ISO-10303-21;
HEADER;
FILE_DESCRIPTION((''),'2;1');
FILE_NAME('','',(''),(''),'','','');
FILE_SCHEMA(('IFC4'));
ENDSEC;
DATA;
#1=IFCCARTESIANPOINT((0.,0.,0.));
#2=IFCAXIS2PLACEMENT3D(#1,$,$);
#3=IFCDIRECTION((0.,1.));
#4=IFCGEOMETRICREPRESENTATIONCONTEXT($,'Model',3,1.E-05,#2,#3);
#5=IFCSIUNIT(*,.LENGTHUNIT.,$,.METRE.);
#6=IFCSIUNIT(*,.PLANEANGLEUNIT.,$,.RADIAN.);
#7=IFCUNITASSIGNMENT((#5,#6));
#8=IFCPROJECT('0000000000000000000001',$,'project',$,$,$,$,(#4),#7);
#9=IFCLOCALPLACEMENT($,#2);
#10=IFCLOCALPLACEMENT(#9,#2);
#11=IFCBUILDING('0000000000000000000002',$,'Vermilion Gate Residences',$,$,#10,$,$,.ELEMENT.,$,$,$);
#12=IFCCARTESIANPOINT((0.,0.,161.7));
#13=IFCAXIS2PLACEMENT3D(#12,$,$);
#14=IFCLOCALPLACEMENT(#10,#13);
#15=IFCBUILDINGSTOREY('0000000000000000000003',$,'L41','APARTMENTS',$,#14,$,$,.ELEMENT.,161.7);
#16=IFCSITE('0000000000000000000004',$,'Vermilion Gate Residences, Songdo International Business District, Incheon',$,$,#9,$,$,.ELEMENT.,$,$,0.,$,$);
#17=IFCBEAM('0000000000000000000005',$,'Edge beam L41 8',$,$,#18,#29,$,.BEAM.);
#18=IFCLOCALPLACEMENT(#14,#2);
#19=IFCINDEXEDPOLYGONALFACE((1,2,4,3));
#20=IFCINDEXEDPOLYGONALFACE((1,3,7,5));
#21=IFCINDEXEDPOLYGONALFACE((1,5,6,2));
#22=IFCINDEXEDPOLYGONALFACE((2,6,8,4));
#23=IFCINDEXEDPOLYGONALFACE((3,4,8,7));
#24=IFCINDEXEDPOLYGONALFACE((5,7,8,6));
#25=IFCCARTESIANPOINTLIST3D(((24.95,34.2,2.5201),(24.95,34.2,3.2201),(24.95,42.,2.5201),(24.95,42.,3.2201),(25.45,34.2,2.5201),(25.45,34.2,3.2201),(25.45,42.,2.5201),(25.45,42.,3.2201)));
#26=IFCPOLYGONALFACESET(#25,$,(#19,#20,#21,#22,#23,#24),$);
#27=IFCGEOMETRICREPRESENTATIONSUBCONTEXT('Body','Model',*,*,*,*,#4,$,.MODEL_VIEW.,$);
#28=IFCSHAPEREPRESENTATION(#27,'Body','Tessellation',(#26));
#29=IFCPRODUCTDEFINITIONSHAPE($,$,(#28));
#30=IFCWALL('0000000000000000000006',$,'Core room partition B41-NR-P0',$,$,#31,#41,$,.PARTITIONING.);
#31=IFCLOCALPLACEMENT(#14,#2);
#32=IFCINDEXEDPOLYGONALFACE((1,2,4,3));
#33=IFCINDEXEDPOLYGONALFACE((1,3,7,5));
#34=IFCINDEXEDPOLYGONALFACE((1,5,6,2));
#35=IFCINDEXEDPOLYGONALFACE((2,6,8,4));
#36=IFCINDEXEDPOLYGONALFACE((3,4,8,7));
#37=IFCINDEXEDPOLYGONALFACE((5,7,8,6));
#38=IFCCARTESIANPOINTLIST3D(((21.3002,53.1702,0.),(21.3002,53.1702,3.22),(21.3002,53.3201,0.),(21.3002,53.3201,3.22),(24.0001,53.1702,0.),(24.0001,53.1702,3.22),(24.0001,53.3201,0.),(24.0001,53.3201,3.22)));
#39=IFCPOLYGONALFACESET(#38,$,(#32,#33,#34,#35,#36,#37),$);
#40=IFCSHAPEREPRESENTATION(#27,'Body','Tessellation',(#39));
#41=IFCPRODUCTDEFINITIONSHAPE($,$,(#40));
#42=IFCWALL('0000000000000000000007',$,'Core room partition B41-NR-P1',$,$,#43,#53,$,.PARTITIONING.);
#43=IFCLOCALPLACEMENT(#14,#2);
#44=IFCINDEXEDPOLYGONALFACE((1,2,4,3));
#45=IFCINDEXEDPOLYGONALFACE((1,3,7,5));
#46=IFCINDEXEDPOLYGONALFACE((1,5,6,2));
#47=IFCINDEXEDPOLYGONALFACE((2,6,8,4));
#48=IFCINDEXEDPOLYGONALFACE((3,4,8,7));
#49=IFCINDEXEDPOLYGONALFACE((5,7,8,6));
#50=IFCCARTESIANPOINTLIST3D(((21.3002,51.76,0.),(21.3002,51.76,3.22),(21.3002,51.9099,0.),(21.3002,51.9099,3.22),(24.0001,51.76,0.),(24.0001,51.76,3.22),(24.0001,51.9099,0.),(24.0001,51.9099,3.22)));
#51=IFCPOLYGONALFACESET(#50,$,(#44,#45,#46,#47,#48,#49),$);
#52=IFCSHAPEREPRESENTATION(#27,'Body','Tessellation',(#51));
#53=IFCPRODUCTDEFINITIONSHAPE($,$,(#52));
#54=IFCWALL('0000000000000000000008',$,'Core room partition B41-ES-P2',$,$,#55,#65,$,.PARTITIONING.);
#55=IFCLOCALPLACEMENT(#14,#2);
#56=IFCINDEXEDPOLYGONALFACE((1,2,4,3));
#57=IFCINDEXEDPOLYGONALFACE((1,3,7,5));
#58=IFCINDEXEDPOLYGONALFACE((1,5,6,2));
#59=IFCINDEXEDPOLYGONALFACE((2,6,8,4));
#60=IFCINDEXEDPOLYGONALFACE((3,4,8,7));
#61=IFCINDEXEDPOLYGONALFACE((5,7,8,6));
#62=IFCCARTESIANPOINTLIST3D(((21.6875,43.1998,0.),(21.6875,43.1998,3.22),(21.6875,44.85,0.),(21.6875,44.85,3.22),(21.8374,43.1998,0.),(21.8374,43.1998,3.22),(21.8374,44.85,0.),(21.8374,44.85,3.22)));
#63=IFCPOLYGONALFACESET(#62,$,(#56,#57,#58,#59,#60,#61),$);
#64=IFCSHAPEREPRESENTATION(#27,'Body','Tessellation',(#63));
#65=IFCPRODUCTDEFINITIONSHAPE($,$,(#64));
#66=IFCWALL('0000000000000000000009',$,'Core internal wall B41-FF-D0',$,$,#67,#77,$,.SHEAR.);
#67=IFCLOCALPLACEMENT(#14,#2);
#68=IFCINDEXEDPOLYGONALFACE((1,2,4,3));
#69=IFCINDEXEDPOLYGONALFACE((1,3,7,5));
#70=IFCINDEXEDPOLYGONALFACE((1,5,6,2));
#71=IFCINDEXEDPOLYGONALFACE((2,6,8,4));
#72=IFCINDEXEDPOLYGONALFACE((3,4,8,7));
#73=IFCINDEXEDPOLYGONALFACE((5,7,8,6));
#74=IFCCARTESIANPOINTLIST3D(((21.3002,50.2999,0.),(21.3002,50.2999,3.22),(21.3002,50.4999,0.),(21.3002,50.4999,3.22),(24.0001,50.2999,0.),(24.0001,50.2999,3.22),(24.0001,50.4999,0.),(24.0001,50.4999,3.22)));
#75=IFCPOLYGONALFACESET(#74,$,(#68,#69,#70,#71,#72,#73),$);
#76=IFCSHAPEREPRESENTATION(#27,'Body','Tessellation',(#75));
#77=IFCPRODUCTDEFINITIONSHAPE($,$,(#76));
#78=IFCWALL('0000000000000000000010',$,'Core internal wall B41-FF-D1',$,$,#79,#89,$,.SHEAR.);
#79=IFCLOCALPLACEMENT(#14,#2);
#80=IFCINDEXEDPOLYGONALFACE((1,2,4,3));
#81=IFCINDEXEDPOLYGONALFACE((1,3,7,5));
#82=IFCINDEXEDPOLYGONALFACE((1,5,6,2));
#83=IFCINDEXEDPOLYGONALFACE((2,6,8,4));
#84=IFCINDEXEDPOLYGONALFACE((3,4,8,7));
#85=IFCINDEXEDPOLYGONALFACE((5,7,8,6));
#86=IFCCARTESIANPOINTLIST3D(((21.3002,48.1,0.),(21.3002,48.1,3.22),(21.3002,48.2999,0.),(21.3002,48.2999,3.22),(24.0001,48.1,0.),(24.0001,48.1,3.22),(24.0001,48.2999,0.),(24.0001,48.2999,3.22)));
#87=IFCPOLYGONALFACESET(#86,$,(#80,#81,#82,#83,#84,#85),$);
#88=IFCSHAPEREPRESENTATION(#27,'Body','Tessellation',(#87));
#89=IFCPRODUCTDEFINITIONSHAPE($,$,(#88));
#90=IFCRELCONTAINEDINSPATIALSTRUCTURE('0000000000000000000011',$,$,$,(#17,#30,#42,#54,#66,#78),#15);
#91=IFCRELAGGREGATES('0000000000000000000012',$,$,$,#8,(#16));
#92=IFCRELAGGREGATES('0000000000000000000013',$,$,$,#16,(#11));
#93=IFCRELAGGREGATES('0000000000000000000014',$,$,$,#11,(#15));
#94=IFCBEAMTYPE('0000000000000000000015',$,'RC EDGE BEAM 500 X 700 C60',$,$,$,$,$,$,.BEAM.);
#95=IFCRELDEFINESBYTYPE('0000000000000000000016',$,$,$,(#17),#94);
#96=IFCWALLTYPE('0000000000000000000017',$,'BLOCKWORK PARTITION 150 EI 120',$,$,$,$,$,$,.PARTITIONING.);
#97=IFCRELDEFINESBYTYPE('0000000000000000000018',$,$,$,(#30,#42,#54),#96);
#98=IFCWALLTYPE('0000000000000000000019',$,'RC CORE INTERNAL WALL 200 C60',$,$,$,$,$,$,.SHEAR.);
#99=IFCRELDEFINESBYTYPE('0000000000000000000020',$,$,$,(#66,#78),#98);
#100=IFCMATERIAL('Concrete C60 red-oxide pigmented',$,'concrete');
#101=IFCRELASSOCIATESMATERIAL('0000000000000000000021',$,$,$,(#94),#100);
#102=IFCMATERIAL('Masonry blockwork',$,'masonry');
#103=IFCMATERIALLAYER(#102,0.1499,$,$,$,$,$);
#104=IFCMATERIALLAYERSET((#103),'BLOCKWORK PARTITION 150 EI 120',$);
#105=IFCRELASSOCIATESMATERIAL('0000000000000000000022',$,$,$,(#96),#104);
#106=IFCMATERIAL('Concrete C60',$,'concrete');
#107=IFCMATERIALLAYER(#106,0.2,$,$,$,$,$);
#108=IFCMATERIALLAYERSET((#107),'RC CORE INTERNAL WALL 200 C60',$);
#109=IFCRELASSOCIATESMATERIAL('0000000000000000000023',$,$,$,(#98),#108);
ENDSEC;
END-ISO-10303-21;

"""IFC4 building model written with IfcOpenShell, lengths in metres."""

from ifc_helpers import new_model, si_unit, direction, frame, frame_2d, origin, origin_2d, place, context, subcontext, project, spatial, rectangle, extrude, material, layer, layer_set, material_profile, profile_set, type_object, element, save


model = new_model("IFC4")

# Units and contexts
model_context = context("Model", 3, precision=1e-05, world=origin(), true_north=direction((0.0, 1.0)))
body_context = subcontext(model_context, "Body", "Model", "MODEL_VIEW")
ifc_project = project(units=[si_unit("LENGTHUNIT", "METRE"), si_unit("PLANEANGLEUNIT", "RADIAN")], contexts=[model_context])

# Site, building, storey
site_placement = place(None, origin())
site = spatial("IfcSite", under=ifc_project, at=site_placement, Name="Vermilion Gate Residences, Songdo International Business District, Incheon", CompositionType="ELEMENT", RefElevation=0.0)
building_placement = place(site_placement, origin())
building = spatial("IfcBuilding", under=site, at=building_placement, Name="Vermilion Gate Residences", CompositionType="ELEMENT")
storey_placement = place(building_placement, frame((0.0, 0.0, 161.7)))
storey = spatial("IfcBuildingStorey", under=building, at=storey_placement, Name="L41", Description="APARTMENTS", CompositionType="ELEMENT", Elevation=161.7)

# Beam
ifc_material_1 = material(Name="Concrete C60 red-oxide pigmented", Category="concrete")
ifc_material_profile_1 = material_profile(ifc_material_1, rectangle(XDim=0.5, YDim=0.7, at=origin_2d()), Name="RC-500x700")
ifc_profile_set_1 = profile_set([ifc_material_profile_1], Name="Concrete C60 red-oxide pigmented")
beam_type = type_object("IfcBeamType", Name="RC EDGE BEAM 500 X 700 C60", PredefinedType="BEAM", material=ifc_profile_set_1)
beam_placement = place(storey_placement, frame((25.2, 34.2, 2.8701), z_axis=(0.0, 1.0, 0.0), x_axis=(-1.0, 0.0, 0.0)))
element("IfcBeam", 1, at=beam_placement, inside=storey, type_object=beam_type, Name="Edge beam L41 8", PredefinedType="BEAM", context=body_context, shape_type="SweptSolid", body=[
    extrude(rectangle(XDim=0.5, YDim=0.7, at=origin_2d()), origin(), (0.0, 0.0, 1.0), 7.8),
])

# Walls
ifc_material_2 = material(Name="Masonry blockwork", Category="masonry")
ifc_layer_1 = layer(ifc_material_2, 0.1499)
ifc_layer_set_1 = layer_set([ifc_layer_1], Name="BLOCKWORK PARTITION 150 EI 120")
wall_type_1 = type_object("IfcWallType", Name="BLOCKWORK PARTITION 150 EI 120", PredefinedType="PARTITIONING", material=ifc_layer_set_1)
for number, where, z_axis, x_axis, name in (
    (2, (21.3, 53.2451, 0.0), (0.0, 0.0, 1.0), (1.0, 0.0, 0.0), "Core room partition B41-NR-P0"),
    (3, (21.3, 51.835, 0.0), (0.0, 0.0, 1.0), (1.0, 0.0, 0.0), "Core room partition B41-NR-P1"),
):
    element("IfcWall", number, at=place(storey_placement, frame(where, z_axis=z_axis, x_axis=x_axis)), inside=storey, type_object=wall_type_1, Name=name, PredefinedType="PARTITIONING", context=body_context, shape_type="SweptSolid", body=[
        extrude(rectangle(XDim=2.7, YDim=0.1499, at=frame_2d((1.3501, 0.0))), origin(), (0.0, 0.0, 1.0), 3.22),
    ])
wall_1_placement = place(storey_placement, frame((21.7625, 44.8501, 0.0), z_axis=(0.0, 0.0, 1.0), x_axis=(0.0, -1.0, 0.0)))
element("IfcWall", 4, at=wall_1_placement, inside=storey, type_object=wall_type_1, Name="Core room partition B41-ES-P2", PredefinedType="PARTITIONING", context=body_context, shape_type="SweptSolid", body=[
    extrude(rectangle(XDim=1.6501, YDim=0.1499, at=frame_2d((0.8252, 0.0))), origin(), (0.0, 0.0, 1.0), 3.22),
])
ifc_material_3 = material(Name="Concrete C60", Category="concrete")
ifc_layer_2 = layer(ifc_material_3, 0.2)
ifc_layer_set_2 = layer_set([ifc_layer_2], Name="RC CORE INTERNAL WALL 200 C60")
wall_type_2 = type_object("IfcWallType", Name="RC CORE INTERNAL WALL 200 C60", PredefinedType="SHEAR", material=ifc_layer_set_2)
for number, where, z_axis, x_axis, name in (
    (5, (21.3, 50.3999, 0.0), (0.0, 0.0, 1.0), (1.0, 0.0, 0.0), "Core internal wall B41-FF-D0"),
    (6, (21.3, 48.2, 0.0), (0.0, 0.0, 1.0), (1.0, 0.0, 0.0), "Core internal wall B41-FF-D1"),
):
    element("IfcWall", number, at=place(storey_placement, frame(where, z_axis=z_axis, x_axis=x_axis)), inside=storey, type_object=wall_type_2, Name=name, PredefinedType="SHEAR", context=body_context, shape_type="SweptSolid", body=[
        extrude(rectangle(XDim=2.7, YDim=0.2, at=frame_2d((1.3501, 0.0))), origin(), (0.0, 0.0, 1.0), 3.22),
    ])

save(model, "model.ifc")
